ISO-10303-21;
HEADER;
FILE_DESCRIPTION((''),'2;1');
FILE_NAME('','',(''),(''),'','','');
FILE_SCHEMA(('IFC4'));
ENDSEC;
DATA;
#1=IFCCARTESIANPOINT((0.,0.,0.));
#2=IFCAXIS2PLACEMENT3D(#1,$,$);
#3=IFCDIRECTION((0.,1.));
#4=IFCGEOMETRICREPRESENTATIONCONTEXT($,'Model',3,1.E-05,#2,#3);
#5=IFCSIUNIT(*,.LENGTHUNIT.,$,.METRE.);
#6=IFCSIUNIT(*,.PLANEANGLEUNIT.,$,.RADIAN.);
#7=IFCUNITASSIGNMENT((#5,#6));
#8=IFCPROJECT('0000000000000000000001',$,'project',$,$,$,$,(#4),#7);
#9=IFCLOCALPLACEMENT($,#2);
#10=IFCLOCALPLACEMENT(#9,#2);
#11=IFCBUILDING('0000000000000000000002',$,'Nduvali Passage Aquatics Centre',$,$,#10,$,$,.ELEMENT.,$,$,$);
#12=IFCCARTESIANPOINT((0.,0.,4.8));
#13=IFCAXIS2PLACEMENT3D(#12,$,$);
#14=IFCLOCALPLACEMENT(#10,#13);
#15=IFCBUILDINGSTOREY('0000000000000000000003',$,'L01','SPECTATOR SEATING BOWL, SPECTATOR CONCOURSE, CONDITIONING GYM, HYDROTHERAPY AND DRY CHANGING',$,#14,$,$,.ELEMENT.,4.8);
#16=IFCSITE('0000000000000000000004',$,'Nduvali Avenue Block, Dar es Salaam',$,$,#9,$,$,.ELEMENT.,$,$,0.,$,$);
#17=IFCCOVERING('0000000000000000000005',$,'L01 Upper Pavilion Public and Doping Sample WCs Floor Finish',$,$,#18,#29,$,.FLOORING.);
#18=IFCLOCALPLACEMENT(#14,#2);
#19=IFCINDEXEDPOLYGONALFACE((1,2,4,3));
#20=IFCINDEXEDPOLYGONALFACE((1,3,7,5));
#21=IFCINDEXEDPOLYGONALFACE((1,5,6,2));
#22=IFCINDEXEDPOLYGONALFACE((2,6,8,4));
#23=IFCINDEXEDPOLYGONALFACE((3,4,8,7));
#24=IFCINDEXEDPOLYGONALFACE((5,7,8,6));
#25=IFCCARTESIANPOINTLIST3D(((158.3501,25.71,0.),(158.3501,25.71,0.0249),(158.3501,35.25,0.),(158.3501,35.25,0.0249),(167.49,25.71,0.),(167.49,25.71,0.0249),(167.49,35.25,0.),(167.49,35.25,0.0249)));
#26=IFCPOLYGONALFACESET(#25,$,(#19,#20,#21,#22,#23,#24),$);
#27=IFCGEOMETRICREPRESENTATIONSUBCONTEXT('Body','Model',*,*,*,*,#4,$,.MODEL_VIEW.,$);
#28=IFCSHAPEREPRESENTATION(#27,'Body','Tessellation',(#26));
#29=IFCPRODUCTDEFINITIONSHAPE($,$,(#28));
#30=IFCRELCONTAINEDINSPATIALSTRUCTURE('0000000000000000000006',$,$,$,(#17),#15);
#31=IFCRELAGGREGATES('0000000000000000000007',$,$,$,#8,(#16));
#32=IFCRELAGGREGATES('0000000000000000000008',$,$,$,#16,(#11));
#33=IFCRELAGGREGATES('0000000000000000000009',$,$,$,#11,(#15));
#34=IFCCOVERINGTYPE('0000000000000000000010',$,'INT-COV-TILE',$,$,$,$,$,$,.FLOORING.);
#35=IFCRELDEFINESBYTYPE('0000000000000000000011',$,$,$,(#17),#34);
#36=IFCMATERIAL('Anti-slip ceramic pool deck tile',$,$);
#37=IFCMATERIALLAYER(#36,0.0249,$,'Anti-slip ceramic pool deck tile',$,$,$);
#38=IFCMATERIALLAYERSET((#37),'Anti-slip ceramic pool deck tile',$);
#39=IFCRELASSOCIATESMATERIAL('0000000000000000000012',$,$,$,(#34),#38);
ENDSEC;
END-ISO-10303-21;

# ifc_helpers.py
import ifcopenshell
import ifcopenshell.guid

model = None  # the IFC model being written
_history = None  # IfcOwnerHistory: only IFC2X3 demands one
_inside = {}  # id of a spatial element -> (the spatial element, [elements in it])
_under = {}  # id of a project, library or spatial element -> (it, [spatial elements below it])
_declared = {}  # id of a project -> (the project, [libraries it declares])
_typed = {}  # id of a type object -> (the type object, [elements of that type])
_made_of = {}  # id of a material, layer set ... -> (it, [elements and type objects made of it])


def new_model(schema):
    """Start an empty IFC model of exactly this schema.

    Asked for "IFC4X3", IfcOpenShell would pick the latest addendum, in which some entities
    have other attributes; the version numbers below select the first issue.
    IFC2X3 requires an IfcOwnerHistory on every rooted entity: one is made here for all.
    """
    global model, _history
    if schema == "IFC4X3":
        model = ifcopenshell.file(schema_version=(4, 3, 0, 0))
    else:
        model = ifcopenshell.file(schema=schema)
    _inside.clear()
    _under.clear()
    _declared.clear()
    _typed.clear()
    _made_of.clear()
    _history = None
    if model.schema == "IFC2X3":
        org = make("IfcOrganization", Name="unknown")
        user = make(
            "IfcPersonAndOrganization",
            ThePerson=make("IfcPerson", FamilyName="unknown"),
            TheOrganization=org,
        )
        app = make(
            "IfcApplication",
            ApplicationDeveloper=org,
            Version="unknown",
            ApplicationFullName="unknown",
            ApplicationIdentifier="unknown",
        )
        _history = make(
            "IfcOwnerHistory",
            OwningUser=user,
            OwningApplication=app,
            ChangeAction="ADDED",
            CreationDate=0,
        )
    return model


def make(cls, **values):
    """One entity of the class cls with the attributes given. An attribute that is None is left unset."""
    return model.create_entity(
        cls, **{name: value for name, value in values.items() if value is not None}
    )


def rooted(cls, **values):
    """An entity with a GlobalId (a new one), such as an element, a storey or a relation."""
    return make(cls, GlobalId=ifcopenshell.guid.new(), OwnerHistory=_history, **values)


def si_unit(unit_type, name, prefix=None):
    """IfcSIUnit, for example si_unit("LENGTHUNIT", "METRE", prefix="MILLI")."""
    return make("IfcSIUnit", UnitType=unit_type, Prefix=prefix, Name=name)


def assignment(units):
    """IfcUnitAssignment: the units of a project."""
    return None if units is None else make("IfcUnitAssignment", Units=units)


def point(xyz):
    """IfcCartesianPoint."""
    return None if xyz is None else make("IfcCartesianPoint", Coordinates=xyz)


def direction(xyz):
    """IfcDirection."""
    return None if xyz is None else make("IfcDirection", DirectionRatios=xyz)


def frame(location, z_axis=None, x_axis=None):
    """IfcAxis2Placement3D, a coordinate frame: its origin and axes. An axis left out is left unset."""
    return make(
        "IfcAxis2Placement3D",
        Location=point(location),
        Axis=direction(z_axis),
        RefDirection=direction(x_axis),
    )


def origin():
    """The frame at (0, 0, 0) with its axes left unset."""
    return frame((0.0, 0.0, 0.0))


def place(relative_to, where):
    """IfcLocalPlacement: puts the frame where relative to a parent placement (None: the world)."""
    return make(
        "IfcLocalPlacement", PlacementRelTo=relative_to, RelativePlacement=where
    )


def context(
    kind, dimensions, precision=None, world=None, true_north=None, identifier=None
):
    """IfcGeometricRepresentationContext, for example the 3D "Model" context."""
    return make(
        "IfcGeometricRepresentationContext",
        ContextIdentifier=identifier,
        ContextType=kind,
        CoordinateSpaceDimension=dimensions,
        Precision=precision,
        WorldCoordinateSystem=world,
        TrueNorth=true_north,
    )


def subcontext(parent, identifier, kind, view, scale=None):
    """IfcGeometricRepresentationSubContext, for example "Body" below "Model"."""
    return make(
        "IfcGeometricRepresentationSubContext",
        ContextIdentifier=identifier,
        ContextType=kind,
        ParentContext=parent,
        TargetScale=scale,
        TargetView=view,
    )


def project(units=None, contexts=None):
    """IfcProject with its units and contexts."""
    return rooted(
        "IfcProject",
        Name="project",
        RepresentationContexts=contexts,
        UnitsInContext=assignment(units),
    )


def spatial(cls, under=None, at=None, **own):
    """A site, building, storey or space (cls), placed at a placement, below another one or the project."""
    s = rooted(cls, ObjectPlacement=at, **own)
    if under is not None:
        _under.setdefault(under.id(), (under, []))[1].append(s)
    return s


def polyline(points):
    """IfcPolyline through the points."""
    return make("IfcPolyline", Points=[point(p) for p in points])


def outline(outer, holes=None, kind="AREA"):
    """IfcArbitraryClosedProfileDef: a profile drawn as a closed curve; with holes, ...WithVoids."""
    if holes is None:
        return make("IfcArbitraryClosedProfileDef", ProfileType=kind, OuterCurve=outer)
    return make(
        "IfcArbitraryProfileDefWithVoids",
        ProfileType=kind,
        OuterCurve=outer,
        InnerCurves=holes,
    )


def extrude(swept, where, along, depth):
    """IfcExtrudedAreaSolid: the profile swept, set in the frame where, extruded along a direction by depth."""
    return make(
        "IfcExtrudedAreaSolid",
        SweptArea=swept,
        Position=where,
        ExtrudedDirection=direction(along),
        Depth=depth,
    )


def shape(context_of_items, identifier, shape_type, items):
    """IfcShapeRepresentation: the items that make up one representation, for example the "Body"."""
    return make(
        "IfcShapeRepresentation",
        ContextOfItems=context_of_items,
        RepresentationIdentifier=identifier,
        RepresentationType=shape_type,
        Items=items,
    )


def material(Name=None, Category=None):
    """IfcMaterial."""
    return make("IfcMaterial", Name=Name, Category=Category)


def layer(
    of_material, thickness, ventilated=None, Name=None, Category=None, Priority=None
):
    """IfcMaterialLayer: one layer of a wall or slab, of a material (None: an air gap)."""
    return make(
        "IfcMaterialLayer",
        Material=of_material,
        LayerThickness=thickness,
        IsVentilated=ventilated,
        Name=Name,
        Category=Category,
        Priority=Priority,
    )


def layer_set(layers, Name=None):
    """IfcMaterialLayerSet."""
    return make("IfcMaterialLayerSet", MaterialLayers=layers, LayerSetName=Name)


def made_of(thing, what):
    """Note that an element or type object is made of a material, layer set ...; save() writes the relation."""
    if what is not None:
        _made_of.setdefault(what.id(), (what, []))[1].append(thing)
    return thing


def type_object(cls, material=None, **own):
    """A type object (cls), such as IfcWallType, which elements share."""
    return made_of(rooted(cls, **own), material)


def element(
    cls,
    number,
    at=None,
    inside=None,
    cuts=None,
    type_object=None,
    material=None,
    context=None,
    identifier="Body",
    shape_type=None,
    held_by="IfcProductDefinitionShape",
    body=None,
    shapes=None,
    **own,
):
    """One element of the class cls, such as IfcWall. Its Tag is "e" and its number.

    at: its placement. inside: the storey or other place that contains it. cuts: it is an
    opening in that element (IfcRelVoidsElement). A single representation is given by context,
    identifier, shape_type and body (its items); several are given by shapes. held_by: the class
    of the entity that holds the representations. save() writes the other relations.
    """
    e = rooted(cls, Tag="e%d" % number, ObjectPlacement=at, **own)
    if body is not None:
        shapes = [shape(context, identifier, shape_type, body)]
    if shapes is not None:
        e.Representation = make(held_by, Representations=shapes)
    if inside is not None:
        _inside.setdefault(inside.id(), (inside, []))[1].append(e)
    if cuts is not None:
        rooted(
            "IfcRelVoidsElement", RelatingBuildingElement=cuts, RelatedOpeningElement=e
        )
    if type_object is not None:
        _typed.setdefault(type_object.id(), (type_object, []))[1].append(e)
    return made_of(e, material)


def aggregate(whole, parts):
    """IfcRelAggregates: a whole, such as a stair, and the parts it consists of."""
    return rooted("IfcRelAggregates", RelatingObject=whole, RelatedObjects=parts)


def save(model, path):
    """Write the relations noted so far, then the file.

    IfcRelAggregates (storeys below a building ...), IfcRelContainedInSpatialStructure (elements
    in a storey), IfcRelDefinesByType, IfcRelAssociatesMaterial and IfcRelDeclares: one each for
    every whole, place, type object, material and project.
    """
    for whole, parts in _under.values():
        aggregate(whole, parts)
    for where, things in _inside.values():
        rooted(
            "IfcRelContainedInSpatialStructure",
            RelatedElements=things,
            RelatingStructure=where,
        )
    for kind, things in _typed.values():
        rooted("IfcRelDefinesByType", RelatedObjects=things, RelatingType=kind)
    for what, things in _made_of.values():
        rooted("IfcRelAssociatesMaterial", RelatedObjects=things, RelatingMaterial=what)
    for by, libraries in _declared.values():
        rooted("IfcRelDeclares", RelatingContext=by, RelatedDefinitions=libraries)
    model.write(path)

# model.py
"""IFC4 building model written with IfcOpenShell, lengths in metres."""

from ifc_helpers import new_model, si_unit, direction, frame, origin, place, context, subcontext, project, spatial, polyline, outline, extrude, material, layer, layer_set, type_object, element, save


model = new_model("IFC4")

# Units and contexts
model_context = context("Model", 3, precision=1e-05, world=origin(), true_north=direction((0.0, 1.0)))
body_context = subcontext(model_context, "Body", "Model", "MODEL_VIEW")
ifc_project = project(units=[si_unit("LENGTHUNIT", "METRE"), si_unit("PLANEANGLEUNIT", "RADIAN")], contexts=[model_context])

# Site, building, storey
site_placement = place(None, origin())
site = spatial("IfcSite", under=ifc_project, at=site_placement, Name="Nduvali Avenue Block, Dar es Salaam", CompositionType="ELEMENT", RefElevation=0.0)
building_placement = place(site_placement, origin())
building = spatial("IfcBuilding", under=site, at=building_placement, Name="Nduvali Passage Aquatics Centre", CompositionType="ELEMENT")
storey_placement = place(building_placement, frame((0.0, 0.0, 4.8)))
storey = spatial("IfcBuildingStorey", under=building, at=storey_placement, Name="L01", Description="SPECTATOR SEATING BOWL, SPECTATOR CONCOURSE, CONDITIONING GYM, HYDROTHERAPY AND DRY CHANGING", CompositionType="ELEMENT", Elevation=4.8)

# Covering
ifc_material_1 = material(Name="Anti-slip ceramic pool deck tile")
ifc_layer_1 = layer(ifc_material_1, 0.0249, Name="Anti-slip ceramic pool deck tile")
ifc_layer_set_1 = layer_set([ifc_layer_1], Name="Anti-slip ceramic pool deck tile")
covering_type_1 = type_object("IfcCoveringType", Name="INT-COV-TILE", PredefinedType="FLOORING", material=ifc_layer_set_1)
covering_1_placement = place(storey_placement, origin())
element("IfcCovering", 1, at=covering_1_placement, inside=storey, type_object=covering_type_1, Name="L01 Upper Pavilion Public and Doping Sample WCs Floor Finish", PredefinedType="FLOORING", context=body_context, shape_type="SweptSolid", body=[
    extrude(outline(polyline([(158.3501, 25.71), (167.49, 25.71), (167.49, 35.25), (158.3501, 35.25), (158.3501, 25.71)])), origin(), (0.0, 0.0, 1.0), 0.0249),
])

save(model, "model.ifc")
